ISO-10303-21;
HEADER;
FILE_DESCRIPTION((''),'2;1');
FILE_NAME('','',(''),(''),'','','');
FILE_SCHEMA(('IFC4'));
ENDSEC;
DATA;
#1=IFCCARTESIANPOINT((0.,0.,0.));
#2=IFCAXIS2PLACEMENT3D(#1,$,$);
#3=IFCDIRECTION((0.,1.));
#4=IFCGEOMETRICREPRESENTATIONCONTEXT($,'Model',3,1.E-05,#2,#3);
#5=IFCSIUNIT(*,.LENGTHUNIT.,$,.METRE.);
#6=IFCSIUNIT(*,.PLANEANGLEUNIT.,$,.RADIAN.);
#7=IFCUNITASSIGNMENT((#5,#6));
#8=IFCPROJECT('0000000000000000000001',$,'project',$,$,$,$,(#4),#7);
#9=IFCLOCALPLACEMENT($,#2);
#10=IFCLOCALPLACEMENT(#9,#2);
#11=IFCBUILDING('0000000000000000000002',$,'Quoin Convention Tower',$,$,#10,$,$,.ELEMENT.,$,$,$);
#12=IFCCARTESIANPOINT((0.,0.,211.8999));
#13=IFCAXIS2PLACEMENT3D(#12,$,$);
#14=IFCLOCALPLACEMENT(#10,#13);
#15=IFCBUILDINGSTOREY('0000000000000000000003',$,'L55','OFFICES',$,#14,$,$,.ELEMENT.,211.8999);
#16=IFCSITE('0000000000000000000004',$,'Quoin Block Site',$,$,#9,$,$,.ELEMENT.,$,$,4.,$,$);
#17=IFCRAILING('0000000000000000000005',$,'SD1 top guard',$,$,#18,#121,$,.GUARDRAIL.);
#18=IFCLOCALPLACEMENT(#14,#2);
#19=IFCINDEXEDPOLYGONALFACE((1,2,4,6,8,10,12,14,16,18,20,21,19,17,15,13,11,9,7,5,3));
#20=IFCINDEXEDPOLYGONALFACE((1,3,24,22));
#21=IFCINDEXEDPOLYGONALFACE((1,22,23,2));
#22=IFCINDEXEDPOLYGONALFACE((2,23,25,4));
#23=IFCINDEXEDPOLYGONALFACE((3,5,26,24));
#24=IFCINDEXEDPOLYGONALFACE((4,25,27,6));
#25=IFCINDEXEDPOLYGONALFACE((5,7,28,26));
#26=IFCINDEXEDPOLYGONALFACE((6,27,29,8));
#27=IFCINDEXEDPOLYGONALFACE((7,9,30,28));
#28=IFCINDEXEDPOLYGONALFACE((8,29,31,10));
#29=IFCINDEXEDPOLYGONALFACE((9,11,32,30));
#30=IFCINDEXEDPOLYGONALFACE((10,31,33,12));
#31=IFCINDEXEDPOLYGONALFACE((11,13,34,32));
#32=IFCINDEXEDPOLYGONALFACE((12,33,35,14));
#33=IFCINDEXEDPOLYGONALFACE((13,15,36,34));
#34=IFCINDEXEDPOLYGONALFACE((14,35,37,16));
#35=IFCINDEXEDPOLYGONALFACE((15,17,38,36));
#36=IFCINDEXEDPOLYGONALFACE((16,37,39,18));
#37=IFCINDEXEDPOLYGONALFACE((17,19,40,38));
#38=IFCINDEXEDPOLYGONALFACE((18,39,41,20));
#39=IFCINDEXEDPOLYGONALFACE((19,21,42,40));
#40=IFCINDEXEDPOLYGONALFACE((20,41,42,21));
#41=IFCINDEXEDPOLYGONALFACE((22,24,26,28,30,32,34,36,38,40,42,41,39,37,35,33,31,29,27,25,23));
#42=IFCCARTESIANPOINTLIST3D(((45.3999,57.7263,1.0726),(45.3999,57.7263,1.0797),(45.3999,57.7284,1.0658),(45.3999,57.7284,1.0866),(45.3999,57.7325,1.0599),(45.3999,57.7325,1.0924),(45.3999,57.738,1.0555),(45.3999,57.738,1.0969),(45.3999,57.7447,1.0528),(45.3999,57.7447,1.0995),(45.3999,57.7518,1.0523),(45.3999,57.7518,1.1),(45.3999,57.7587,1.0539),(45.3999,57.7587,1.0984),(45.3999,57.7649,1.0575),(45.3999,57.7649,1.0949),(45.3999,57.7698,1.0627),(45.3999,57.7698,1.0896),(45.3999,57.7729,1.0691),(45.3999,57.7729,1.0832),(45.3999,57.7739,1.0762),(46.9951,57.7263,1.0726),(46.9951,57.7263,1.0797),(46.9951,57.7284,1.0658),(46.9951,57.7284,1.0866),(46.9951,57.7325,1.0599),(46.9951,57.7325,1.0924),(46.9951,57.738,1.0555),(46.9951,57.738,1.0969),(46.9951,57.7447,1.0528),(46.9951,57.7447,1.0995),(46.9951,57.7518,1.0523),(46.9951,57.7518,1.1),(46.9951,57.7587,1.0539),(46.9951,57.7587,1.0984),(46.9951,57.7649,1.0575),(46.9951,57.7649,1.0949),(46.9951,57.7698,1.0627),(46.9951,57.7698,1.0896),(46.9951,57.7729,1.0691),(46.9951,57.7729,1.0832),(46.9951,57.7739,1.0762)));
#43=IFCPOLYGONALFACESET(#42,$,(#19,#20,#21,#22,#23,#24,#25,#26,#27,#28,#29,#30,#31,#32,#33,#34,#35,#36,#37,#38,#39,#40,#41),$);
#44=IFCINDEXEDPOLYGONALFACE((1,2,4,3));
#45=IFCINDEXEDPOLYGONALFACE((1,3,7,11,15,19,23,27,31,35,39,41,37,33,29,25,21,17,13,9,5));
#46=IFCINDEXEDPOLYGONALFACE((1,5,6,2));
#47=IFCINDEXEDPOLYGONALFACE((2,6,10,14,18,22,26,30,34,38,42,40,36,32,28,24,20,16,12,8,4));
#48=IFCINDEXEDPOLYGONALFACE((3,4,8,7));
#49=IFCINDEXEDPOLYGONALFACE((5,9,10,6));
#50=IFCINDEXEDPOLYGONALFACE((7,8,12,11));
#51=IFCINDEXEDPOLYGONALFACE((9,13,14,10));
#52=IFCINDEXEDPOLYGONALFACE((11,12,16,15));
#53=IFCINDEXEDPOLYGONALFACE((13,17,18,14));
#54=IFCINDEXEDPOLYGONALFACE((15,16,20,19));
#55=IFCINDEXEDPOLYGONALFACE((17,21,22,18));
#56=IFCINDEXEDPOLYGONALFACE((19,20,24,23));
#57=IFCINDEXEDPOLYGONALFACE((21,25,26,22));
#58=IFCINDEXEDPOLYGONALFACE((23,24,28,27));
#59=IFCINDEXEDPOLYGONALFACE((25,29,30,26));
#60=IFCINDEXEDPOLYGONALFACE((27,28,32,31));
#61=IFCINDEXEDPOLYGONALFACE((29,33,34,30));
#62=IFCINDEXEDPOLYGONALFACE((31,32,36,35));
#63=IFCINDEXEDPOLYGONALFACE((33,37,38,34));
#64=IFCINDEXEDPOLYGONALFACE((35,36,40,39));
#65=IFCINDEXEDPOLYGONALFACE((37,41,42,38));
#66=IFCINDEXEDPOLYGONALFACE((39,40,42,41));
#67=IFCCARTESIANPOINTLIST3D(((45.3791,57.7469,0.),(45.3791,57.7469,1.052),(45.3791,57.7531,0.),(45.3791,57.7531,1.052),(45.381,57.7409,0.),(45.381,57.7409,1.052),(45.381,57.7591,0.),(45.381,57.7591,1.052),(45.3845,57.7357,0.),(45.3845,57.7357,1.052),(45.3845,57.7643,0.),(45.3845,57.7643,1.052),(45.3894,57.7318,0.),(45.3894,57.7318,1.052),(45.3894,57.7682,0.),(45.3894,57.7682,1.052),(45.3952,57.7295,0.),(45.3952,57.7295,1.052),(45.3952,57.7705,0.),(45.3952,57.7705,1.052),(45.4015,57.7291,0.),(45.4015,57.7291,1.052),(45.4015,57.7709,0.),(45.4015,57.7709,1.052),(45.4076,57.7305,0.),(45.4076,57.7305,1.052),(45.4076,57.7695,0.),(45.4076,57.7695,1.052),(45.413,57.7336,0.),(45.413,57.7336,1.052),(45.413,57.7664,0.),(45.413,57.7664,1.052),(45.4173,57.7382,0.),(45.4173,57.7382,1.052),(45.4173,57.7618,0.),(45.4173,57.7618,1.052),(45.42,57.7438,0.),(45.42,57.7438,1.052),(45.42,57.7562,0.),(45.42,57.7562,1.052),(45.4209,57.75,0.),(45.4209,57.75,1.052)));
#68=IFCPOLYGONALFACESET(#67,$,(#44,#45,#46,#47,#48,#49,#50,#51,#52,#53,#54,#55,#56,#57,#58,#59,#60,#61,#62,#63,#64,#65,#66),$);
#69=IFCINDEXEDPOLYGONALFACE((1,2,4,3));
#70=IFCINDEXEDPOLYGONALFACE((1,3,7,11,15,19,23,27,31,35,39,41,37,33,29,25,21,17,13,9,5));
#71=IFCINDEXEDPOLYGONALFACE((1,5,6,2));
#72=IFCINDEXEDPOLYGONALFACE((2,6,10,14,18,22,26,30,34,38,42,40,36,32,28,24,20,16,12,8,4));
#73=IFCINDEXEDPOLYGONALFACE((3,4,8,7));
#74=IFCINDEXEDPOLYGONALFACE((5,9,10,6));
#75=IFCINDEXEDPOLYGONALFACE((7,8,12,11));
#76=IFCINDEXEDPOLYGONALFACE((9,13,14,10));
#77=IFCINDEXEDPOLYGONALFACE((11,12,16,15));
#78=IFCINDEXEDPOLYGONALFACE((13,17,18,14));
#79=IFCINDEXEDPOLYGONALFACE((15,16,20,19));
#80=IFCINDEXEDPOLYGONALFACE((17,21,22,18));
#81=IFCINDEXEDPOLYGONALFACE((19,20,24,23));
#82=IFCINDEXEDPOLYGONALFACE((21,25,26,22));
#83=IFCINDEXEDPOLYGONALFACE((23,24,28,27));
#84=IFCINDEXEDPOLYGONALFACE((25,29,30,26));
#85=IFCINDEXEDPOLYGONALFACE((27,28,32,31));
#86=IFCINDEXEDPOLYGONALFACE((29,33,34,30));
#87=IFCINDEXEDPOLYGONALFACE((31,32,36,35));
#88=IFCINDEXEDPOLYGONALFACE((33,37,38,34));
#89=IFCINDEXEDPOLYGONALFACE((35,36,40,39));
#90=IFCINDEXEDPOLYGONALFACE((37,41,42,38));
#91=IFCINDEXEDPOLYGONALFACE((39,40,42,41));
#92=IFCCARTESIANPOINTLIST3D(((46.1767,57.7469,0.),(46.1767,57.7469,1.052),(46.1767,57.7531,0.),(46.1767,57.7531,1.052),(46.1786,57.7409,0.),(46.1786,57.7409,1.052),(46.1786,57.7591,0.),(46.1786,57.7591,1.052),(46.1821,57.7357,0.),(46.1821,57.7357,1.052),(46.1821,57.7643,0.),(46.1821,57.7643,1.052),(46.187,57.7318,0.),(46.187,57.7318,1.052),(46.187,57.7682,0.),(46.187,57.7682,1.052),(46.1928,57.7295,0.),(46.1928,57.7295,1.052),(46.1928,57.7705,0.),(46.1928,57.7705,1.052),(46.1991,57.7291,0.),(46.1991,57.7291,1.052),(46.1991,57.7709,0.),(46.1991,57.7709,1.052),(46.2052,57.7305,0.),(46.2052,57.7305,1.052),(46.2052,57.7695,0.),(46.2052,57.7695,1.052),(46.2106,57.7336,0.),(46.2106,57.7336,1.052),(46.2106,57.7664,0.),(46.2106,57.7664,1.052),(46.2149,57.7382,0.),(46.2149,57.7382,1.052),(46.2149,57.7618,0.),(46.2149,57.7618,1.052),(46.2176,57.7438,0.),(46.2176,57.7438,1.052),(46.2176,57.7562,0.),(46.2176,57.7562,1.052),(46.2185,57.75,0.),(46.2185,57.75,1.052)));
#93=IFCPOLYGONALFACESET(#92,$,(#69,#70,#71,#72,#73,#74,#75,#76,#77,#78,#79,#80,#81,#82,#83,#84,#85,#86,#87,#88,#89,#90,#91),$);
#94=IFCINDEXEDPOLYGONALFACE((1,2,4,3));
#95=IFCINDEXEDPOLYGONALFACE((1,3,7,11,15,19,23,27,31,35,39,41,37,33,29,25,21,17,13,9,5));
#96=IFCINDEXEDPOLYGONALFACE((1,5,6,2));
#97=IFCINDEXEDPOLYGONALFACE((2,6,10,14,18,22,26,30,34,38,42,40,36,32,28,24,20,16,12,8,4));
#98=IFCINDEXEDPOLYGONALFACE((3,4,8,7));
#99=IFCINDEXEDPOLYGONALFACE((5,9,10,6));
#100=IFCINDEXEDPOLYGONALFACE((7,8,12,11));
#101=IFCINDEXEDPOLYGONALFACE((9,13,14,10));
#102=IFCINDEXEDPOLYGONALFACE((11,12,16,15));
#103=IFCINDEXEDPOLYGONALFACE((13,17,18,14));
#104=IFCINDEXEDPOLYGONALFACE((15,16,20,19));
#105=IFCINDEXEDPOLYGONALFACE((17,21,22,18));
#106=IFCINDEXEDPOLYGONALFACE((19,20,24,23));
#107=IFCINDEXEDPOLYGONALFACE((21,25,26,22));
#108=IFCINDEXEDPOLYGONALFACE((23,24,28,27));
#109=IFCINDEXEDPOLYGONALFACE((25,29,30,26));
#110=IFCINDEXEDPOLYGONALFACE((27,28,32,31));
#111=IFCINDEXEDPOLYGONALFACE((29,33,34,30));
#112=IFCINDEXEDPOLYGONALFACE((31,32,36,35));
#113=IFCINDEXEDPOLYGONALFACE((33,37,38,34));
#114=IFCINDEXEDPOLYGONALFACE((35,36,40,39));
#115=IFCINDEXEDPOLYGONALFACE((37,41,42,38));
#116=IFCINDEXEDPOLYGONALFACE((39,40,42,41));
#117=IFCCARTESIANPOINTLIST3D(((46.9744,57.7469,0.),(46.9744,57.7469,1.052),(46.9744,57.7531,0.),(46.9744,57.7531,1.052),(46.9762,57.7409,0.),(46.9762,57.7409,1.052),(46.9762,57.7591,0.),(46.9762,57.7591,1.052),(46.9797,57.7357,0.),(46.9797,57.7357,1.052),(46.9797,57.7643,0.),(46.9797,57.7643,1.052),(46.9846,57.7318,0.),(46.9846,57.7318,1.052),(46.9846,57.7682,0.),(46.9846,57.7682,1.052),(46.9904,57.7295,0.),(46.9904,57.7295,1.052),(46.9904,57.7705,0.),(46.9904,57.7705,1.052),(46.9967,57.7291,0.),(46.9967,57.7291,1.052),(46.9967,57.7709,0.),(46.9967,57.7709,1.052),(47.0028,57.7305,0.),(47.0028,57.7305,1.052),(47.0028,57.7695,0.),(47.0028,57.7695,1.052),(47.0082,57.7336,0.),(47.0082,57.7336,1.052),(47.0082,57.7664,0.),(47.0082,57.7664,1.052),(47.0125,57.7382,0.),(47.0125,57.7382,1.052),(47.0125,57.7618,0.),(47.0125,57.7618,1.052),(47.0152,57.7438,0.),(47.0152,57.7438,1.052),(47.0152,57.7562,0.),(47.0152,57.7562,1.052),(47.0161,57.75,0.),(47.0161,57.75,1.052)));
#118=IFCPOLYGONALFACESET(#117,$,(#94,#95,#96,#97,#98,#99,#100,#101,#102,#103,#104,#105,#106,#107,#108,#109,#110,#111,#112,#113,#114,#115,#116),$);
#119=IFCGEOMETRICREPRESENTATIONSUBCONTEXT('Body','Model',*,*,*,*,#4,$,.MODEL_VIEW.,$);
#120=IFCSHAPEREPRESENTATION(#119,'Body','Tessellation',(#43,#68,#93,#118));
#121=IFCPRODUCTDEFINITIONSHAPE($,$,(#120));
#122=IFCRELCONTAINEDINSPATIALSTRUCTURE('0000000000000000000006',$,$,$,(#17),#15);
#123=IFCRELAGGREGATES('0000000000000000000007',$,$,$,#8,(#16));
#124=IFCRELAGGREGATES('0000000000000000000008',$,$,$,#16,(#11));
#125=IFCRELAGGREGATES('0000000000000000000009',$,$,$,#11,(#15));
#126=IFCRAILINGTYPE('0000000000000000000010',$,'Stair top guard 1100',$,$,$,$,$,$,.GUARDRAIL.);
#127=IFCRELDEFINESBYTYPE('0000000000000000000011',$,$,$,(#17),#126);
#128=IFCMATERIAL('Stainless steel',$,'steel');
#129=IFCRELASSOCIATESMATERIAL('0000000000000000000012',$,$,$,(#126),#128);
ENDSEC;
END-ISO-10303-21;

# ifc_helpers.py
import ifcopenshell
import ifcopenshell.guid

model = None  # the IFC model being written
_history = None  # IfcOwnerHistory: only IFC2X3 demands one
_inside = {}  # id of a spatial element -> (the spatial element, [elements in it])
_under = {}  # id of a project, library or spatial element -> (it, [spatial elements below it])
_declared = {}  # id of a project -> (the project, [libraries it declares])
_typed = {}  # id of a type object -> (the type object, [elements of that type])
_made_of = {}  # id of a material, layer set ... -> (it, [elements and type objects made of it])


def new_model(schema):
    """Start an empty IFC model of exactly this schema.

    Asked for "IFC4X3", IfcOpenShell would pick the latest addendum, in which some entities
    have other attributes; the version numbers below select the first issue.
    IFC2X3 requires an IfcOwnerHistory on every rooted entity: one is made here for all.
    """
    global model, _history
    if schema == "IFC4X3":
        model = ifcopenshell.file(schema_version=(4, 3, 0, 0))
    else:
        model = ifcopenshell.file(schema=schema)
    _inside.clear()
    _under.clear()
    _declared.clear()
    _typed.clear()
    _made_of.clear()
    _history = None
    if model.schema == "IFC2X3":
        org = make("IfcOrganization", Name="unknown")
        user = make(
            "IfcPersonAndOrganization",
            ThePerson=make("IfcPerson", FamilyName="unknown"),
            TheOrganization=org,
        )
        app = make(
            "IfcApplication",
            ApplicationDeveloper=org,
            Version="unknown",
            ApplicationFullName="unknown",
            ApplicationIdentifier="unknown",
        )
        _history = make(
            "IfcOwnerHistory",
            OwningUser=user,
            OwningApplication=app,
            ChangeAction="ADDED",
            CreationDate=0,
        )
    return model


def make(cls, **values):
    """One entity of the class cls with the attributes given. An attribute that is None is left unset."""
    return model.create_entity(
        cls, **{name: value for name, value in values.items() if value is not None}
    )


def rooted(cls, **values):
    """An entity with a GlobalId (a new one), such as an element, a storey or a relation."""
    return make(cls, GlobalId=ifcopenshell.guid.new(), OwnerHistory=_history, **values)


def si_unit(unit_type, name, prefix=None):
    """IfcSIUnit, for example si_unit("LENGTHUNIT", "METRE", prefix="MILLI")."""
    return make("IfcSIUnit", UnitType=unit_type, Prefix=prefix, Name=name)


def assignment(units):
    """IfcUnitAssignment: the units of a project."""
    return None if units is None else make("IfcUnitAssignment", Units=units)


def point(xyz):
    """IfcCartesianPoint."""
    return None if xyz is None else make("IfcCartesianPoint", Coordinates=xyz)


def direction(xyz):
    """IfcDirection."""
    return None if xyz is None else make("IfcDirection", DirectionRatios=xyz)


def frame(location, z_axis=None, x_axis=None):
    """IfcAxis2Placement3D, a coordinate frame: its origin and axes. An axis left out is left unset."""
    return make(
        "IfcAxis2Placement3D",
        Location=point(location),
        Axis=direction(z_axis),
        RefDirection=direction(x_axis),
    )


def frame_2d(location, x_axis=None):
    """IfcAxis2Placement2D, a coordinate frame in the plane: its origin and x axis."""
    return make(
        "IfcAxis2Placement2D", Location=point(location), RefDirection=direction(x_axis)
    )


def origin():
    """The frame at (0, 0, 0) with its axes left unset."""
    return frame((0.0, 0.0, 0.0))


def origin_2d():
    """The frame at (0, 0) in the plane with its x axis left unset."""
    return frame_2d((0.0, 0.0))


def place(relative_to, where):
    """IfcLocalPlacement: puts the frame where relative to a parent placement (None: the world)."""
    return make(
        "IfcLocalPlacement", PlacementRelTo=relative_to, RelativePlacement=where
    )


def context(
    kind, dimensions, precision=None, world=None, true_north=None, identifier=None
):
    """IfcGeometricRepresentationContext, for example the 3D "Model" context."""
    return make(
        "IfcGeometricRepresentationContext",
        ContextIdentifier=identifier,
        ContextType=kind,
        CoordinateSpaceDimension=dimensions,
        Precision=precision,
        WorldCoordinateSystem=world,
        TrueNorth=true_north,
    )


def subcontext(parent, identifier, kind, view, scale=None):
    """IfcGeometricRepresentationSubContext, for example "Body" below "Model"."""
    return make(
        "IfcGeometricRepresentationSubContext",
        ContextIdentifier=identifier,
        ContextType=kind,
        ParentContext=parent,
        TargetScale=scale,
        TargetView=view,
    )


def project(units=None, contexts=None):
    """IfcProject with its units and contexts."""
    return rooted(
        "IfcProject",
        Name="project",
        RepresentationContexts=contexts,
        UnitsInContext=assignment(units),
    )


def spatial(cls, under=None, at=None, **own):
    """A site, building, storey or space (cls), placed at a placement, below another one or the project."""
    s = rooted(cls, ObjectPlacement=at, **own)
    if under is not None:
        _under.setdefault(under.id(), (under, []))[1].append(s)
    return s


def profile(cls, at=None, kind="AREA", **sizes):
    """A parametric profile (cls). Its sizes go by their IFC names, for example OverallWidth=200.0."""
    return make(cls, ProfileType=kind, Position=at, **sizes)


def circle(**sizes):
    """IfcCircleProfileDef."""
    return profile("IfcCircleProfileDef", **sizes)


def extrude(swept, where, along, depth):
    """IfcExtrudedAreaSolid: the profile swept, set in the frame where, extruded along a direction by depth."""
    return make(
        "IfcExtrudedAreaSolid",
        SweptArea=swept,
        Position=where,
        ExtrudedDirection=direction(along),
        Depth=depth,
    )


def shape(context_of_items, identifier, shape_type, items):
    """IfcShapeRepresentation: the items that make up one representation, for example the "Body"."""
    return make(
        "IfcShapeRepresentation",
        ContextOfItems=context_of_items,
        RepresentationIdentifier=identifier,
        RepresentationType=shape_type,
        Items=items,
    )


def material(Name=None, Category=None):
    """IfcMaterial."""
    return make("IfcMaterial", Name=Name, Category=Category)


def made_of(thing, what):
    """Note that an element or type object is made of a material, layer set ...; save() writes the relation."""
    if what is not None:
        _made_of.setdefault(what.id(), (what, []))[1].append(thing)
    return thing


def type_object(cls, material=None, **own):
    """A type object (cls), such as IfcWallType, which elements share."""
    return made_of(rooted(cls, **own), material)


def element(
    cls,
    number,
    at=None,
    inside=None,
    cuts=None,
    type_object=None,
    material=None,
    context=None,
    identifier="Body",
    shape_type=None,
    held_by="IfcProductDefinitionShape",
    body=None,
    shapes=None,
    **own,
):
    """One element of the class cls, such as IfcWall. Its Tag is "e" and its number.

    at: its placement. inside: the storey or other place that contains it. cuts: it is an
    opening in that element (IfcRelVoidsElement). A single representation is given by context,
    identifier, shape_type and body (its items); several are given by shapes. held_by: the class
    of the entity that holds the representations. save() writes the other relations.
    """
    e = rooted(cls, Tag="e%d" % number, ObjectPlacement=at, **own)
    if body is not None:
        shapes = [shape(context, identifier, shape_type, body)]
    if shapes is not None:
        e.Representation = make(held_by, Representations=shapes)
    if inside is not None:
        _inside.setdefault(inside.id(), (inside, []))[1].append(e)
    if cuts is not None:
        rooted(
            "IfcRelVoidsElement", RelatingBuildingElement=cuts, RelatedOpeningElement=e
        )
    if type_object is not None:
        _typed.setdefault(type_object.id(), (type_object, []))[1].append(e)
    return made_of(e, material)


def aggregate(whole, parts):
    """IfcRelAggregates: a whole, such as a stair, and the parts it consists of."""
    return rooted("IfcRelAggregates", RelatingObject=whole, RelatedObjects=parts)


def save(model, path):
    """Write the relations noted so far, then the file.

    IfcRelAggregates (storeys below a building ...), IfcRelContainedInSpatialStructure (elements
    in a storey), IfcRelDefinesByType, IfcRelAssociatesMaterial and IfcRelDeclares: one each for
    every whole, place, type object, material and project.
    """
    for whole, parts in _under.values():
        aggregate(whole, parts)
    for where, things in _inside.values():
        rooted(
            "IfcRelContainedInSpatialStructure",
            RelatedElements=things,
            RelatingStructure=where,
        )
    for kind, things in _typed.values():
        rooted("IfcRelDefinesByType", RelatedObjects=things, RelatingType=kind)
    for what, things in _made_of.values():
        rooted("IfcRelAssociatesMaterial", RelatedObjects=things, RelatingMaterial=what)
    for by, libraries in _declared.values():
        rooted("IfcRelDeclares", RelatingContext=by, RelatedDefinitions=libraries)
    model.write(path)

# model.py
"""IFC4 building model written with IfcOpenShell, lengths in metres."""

from ifc_helpers import new_model, si_unit, direction, frame, origin, origin_2d, place, context, subcontext, project, spatial, circle, extrude, material, type_object, element, save


model = new_model("IFC4")

# Units and contexts
model_context = context("Model", 3, precision=1e-05, world=origin(), true_north=direction((0.0, 1.0)))
body_context = subcontext(model_context, "Body", "Model", "MODEL_VIEW")
ifc_project = project(units=[si_unit("LENGTHUNIT", "METRE"), si_unit("PLANEANGLEUNIT", "RADIAN")], contexts=[model_context])

# Site, building, storey
site_placement = place(None, origin())
site = spatial("IfcSite", under=ifc_project, at=site_placement, Name="Quoin Block Site", CompositionType="ELEMENT", RefElevation=4.0)
building_placement = place(site_placement, origin())
building = spatial("IfcBuilding", under=site, at=building_placement, Name="Quoin Convention Tower", CompositionType="ELEMENT")
storey_placement = place(building_placement, frame((0.0, 0.0, 211.8999)))
storey = spatial("IfcBuildingStorey", under=building, at=storey_placement, Name="L55", Description="OFFICES", CompositionType="ELEMENT", Elevation=211.8999)

# Railing
ifc_material_1 = material(Name="Stainless steel", Category="steel")
railing_type = type_object("IfcRailingType", Name="Stair top guard 1100", PredefinedType="GUARDRAIL", material=ifc_material_1)
railing_placement = place(storey_placement, frame((45.3999, 57.75, 0.0)))
element("IfcRailing", 1, at=railing_placement, inside=storey, type_object=railing_type, Name="SD1 top guard", PredefinedType="GUARDRAIL", context=body_context, shape_type="SweptSolid", body=[
    extrude(circle(Radius=0.0239, at=origin_2d()), frame((0.0, 0.0, 1.0762), z_axis=(1.0, 0.0, 0.0), x_axis=(0.0, 1.0, 0.0)), (0.0, 0.0, 1.0), 1.5952),
    extrude(circle(Radius=0.021, at=origin_2d()), origin(), (0.0, 0.0, 1.0), 1.052),
    extrude(circle(Radius=0.021, at=origin_2d()), frame((0.7976, 0.0, 0.0)), (0.0, 0.0, 1.0), 1.052),
    extrude(circle(Radius=0.021, at=origin_2d()), frame((1.5952, 0.0, 0.0)), (0.0, 0.0, 1.0), 1.052),
])

save(model, "model.ifc")
